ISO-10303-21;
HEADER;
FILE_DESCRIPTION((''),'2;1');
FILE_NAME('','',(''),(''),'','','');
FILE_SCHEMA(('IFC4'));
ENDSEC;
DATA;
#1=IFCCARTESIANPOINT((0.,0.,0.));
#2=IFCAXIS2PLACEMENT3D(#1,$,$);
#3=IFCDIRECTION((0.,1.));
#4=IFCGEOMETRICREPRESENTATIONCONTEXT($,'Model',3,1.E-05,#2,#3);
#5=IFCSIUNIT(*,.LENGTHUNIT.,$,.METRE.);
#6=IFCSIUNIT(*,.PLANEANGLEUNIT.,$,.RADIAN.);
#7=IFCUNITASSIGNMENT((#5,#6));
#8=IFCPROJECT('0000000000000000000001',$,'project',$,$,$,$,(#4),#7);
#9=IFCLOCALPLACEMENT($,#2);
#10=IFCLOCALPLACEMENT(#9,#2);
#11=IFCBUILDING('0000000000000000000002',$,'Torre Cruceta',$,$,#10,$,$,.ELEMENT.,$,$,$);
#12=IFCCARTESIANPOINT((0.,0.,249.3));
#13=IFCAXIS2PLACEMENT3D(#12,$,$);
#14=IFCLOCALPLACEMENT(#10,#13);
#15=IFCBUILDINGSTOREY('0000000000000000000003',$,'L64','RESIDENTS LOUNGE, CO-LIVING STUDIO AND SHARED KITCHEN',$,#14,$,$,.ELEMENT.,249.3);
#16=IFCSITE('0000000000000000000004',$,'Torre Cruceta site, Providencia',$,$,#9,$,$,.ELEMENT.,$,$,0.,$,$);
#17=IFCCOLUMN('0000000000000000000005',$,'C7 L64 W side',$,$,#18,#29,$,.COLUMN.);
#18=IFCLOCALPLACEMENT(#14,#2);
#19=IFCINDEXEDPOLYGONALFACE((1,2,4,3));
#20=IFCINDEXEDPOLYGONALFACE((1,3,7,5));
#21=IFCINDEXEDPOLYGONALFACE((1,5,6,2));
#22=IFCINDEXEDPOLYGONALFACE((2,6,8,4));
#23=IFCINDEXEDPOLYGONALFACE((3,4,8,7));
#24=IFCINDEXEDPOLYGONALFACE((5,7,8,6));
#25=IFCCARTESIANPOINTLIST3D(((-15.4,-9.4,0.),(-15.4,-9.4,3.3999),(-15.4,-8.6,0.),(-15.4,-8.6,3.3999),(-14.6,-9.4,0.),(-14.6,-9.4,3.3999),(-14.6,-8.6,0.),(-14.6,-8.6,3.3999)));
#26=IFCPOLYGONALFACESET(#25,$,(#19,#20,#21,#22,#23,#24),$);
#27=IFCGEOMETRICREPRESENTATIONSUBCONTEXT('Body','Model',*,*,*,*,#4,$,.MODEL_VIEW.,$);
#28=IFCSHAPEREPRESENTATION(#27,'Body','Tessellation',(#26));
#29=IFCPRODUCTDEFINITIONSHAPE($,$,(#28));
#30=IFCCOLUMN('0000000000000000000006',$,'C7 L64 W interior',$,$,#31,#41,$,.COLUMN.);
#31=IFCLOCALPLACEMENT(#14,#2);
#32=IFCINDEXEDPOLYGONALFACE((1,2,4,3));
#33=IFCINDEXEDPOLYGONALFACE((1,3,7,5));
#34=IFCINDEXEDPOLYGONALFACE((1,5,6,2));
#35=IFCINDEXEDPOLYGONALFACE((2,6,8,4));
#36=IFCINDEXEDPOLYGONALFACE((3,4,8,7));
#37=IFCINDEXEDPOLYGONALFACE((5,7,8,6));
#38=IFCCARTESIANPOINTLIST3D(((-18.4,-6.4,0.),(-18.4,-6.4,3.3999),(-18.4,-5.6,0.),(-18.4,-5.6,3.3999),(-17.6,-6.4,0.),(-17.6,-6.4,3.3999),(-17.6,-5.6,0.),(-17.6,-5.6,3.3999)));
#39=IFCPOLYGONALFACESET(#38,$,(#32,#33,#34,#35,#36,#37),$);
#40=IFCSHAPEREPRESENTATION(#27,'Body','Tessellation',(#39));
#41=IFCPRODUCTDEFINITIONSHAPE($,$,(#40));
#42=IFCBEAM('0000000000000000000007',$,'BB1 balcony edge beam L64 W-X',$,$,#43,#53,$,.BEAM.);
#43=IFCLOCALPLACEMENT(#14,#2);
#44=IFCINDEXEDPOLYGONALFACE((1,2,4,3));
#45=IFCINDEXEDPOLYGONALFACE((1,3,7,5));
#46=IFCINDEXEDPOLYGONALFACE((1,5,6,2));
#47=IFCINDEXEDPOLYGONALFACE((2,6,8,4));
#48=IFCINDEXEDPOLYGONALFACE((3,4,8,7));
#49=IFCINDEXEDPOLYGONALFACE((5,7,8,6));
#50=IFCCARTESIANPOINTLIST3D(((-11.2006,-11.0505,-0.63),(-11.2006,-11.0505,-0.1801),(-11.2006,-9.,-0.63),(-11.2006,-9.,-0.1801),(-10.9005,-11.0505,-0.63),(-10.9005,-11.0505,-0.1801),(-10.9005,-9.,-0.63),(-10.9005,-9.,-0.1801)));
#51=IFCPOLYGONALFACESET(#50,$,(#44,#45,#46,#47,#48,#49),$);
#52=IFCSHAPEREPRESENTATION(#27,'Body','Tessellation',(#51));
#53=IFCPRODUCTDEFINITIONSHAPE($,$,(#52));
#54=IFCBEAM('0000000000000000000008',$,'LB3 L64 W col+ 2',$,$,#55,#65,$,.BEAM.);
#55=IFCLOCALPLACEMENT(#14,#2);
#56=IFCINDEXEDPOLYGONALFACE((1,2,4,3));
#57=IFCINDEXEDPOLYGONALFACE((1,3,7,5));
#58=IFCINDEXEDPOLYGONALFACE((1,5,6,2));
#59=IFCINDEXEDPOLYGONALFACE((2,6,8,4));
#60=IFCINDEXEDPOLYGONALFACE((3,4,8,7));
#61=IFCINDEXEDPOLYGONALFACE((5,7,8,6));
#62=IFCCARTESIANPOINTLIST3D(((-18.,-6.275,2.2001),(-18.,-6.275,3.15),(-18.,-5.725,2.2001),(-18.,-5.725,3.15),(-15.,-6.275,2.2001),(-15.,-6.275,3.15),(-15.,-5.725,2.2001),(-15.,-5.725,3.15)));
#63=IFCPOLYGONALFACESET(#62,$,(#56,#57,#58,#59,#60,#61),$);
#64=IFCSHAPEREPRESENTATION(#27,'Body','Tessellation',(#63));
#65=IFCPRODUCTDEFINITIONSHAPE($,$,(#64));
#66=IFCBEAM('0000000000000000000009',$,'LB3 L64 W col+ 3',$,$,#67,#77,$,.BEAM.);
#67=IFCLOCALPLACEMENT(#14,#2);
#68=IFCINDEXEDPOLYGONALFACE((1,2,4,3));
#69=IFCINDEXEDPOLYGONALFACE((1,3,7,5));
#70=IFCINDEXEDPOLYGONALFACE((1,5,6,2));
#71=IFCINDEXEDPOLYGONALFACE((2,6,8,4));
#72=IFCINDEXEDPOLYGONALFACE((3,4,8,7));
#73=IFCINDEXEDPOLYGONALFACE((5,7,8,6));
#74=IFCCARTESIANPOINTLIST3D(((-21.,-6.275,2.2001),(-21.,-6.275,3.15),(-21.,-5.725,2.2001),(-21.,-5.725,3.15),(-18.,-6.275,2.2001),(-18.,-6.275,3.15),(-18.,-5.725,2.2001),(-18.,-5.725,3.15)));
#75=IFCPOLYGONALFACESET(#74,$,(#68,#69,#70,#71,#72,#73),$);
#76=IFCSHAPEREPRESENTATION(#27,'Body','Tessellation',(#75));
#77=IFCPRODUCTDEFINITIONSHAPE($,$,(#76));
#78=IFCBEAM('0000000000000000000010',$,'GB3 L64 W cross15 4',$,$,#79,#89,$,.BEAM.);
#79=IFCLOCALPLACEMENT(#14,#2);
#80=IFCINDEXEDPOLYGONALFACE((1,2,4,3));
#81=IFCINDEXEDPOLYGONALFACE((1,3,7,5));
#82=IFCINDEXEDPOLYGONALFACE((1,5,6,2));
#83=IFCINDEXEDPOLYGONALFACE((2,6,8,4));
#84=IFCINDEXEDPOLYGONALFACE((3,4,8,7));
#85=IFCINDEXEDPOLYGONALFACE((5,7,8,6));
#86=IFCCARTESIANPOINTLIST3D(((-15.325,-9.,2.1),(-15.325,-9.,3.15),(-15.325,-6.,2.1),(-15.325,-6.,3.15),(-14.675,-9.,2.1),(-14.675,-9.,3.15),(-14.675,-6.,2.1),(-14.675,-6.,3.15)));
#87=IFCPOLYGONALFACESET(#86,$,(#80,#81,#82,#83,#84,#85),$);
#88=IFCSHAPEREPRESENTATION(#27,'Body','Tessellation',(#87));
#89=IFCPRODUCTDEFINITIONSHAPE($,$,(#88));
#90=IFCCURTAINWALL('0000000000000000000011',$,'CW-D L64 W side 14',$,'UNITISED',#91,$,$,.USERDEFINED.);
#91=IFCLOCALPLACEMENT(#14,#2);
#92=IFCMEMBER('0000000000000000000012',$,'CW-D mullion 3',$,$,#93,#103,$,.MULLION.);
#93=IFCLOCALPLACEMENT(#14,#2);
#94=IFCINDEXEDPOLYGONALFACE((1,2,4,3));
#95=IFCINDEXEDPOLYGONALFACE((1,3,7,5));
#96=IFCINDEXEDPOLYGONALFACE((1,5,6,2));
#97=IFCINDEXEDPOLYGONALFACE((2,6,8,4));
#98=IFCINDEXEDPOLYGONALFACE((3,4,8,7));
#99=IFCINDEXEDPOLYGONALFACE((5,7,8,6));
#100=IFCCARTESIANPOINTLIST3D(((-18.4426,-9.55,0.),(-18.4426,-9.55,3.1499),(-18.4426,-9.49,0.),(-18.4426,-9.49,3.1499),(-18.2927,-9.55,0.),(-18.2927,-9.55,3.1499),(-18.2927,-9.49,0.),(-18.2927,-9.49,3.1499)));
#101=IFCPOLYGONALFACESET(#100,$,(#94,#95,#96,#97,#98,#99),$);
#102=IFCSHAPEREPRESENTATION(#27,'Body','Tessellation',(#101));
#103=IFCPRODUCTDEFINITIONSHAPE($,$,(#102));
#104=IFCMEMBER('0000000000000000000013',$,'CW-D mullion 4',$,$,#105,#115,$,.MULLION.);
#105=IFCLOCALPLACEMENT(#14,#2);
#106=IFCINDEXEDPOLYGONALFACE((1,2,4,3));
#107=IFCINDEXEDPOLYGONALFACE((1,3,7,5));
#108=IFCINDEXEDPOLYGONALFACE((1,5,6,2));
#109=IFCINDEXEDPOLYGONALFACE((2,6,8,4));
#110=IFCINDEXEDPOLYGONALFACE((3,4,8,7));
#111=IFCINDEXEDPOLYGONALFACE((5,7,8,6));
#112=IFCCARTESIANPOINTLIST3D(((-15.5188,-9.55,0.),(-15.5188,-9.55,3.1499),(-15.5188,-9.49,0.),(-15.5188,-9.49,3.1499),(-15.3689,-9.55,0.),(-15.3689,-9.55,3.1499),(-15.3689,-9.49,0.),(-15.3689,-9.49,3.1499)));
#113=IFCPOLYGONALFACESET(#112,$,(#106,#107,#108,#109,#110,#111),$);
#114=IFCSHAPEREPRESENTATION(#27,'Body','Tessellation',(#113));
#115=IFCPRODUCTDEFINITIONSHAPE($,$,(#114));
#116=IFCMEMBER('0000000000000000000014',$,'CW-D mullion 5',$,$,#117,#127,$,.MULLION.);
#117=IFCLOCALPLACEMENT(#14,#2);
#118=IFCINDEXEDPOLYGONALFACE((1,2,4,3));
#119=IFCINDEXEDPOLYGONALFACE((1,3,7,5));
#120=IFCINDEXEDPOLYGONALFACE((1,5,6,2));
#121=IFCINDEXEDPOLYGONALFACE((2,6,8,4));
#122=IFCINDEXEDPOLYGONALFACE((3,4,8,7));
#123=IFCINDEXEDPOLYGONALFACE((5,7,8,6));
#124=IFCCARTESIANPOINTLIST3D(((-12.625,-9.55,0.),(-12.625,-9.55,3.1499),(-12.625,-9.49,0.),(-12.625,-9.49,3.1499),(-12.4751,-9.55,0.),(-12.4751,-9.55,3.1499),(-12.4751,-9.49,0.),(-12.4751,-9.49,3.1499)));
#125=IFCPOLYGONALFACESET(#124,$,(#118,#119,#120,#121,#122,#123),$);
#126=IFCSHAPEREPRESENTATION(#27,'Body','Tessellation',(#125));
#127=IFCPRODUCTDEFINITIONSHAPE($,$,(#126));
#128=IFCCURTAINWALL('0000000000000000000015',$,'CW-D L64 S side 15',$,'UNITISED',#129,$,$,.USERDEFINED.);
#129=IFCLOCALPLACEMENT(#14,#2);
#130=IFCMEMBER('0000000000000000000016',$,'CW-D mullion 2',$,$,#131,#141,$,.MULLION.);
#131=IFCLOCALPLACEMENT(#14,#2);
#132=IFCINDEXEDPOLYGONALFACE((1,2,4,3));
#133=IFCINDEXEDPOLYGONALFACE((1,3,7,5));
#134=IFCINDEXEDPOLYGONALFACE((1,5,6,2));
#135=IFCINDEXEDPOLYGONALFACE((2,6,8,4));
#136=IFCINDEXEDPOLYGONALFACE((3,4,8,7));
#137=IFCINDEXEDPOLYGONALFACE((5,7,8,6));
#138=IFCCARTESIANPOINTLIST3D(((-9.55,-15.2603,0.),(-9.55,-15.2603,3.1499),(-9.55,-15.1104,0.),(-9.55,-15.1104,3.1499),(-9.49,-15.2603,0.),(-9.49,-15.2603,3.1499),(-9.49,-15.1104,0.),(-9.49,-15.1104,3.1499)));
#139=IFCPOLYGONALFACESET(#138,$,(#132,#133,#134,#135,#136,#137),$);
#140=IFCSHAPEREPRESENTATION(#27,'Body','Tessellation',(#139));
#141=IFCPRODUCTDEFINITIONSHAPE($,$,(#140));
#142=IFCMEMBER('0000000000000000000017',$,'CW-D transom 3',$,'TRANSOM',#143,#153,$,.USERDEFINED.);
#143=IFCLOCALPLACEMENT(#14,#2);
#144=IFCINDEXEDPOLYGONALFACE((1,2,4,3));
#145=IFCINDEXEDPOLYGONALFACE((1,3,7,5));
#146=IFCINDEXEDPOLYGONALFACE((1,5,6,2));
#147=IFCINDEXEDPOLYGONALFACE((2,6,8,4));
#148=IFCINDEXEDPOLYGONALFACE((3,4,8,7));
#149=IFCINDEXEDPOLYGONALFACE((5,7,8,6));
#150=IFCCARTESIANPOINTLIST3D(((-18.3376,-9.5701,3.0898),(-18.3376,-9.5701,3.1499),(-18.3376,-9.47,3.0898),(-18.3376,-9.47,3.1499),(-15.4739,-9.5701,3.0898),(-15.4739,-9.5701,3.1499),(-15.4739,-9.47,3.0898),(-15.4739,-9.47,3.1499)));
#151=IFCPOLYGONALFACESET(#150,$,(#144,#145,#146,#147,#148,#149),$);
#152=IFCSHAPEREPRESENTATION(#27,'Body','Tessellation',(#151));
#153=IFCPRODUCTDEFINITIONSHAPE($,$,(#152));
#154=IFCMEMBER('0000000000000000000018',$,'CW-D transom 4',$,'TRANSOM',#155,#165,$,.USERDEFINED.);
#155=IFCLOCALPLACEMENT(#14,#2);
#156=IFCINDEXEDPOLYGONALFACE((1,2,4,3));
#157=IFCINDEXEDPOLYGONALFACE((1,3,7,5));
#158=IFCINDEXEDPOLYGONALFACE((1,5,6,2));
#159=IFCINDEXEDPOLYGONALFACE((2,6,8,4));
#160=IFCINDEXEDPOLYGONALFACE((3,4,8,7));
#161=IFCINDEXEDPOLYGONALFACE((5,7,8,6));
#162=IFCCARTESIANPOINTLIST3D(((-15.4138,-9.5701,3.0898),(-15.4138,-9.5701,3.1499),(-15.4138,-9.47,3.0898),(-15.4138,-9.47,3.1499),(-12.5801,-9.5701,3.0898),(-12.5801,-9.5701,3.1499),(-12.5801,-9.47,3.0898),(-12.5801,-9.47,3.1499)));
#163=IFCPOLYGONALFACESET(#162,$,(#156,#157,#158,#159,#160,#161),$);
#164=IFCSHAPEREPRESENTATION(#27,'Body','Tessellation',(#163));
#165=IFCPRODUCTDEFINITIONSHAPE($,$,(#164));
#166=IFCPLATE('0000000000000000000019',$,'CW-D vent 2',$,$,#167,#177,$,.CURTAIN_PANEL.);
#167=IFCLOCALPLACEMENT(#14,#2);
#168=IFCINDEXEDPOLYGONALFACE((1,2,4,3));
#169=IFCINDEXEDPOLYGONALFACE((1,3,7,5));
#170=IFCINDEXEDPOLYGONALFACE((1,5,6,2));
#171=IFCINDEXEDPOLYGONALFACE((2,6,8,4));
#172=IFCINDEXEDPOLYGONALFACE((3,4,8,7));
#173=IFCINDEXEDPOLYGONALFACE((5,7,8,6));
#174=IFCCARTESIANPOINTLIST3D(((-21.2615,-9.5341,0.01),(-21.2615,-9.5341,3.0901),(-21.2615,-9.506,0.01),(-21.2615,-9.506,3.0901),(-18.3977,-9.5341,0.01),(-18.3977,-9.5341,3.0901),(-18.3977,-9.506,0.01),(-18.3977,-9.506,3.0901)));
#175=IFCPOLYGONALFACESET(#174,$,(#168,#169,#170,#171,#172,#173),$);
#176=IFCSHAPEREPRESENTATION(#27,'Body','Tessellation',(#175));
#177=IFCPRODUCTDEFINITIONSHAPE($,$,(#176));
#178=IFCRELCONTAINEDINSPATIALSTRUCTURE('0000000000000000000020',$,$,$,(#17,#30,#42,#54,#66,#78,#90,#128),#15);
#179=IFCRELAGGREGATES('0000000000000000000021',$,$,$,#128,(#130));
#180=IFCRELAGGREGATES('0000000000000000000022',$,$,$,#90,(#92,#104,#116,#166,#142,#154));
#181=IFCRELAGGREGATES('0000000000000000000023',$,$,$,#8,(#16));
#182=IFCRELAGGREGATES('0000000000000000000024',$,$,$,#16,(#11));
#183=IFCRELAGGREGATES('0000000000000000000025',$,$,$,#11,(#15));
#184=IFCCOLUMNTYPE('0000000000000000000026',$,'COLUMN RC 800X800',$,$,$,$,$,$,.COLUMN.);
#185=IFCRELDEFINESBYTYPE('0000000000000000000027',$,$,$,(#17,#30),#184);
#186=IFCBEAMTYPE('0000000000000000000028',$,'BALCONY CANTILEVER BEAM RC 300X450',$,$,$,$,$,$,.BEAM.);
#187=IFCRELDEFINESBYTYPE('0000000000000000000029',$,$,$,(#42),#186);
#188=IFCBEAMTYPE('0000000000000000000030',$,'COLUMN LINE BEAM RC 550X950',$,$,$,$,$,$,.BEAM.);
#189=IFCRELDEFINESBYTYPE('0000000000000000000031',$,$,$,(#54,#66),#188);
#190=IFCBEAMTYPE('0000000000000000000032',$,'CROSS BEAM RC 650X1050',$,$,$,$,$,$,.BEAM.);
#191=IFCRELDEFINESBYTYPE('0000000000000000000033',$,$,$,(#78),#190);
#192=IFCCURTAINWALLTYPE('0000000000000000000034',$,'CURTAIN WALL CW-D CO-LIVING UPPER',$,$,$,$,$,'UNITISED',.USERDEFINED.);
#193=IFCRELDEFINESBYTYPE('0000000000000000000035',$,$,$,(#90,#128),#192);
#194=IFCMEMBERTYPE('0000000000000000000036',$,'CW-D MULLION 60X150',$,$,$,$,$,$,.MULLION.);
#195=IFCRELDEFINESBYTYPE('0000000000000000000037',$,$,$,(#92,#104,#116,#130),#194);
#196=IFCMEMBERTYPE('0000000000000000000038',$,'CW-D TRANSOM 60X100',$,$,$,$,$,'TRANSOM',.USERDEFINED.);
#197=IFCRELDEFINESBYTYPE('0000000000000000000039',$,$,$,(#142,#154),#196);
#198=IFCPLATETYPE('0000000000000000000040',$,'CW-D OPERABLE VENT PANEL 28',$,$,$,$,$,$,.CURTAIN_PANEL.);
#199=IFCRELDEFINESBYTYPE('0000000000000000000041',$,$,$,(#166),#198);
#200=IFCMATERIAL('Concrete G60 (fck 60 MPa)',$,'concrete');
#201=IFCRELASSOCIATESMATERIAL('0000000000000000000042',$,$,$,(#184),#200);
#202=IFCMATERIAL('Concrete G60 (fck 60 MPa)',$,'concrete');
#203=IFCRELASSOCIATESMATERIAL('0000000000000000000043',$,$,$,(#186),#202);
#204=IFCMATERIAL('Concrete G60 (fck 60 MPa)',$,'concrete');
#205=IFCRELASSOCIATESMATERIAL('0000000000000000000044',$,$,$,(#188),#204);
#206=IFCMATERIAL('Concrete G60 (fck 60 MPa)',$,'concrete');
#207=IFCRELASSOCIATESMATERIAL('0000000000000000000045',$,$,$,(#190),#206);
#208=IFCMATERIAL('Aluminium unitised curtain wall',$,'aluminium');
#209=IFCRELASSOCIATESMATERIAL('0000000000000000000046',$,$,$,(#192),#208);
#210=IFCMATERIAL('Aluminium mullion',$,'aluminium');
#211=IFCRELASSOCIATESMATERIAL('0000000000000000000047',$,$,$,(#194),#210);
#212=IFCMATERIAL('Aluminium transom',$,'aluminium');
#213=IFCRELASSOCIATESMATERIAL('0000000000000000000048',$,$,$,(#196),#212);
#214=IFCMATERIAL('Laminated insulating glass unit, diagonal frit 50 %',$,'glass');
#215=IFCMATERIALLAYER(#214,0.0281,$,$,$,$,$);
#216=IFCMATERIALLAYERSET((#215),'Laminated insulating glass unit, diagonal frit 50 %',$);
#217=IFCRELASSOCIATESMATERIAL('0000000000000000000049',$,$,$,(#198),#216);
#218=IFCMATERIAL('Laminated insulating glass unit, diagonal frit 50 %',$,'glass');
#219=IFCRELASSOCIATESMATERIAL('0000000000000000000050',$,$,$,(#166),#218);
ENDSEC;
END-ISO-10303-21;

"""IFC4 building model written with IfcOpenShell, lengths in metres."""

from ifc_helpers import new_model, si_unit, direction, frame, origin, origin_2d, place, context, subcontext, project, spatial, rectangle, extrude, material, layer, layer_set, material_profile, profile_set, type_object, element, aggregate, save


model = new_model("IFC4")

# Units and contexts
model_context = context("Model", 3, precision=1e-05, world=origin(), true_north=direction((0.0, 1.0)))
body_context = subcontext(model_context, "Body", "Model", "MODEL_VIEW")
ifc_project = project(units=[si_unit("LENGTHUNIT", "METRE"), si_unit("PLANEANGLEUNIT", "RADIAN")], contexts=[model_context])

# Site, building, storey
site_placement = place(None, origin())
site = spatial("IfcSite", under=ifc_project, at=site_placement, Name="Torre Cruceta site, Providencia", CompositionType="ELEMENT", RefElevation=0.0)
building_placement = place(site_placement, origin())
building = spatial("IfcBuilding", under=site, at=building_placement, Name="Torre Cruceta", CompositionType="ELEMENT")
storey_placement = place(building_placement, frame((0.0, 0.0, 249.3)))
storey = spatial("IfcBuildingStorey", under=building, at=storey_placement, Name="L64", Description="RESIDENTS LOUNGE, CO-LIVING STUDIO AND SHARED KITCHEN", CompositionType="ELEMENT", Elevation=249.3)

# Columns
ifc_material_1 = material(Name="Concrete G60 (fck 60 MPa)", Category="concrete")
ifc_material_profile_1 = material_profile(ifc_material_1, rectangle(XDim=0.8, YDim=0.8, at=origin_2d()), Name="RC 800X800")
ifc_profile_set_1 = profile_set([ifc_material_profile_1], Name="Concrete G60 (fck 60 MPa)")
column_type = type_object("IfcColumnType", Name="COLUMN RC 800X800", PredefinedType="COLUMN", material=ifc_profile_set_1)
for number, where, z_axis, x_axis, name in (
    (1, (-15.0, -9.0, 0.0), (0.0, 0.0, 1.0), (1.0, 0.0, 0.0), "C7 L64 W side"),
    (2, (-18.0, -6.0, 0.0), (0.0, 0.0, 1.0), (1.0, 0.0, 0.0), "C7 L64 W interior"),
):
    element("IfcColumn", number, at=place(storey_placement, frame(where, z_axis=z_axis, x_axis=x_axis)), inside=storey, type_object=column_type, Name=name, PredefinedType="COLUMN", context=body_context, shape_type="SweptSolid", body=[
        extrude(rectangle(XDim=0.8, YDim=0.8, at=origin_2d()), origin(), (0.0, 0.0, 1.0), 3.3999),
    ])

# Beams
ifc_material_2 = material(Name="Concrete G60 (fck 60 MPa)", Category="concrete")
ifc_material_profile_2 = material_profile(ifc_material_2, rectangle(XDim=0.3, YDim=0.45, at=origin_2d()), Name="RC 300X450")
ifc_profile_set_2 = profile_set([ifc_material_profile_2], Name="Concrete G60 (fck 60 MPa)")
beam_type_1 = type_object("IfcBeamType", Name="BALCONY CANTILEVER BEAM RC 300X450", PredefinedType="BEAM", material=ifc_profile_set_2)
beam_1_placement = place(storey_placement, frame((-11.0505, -9.0, -0.405), z_axis=(0.0, -1.0, 0.0), x_axis=(1.0, 0.0, 0.0)))
element("IfcBeam", 3, at=beam_1_placement, inside=storey, type_object=beam_type_1, Name="BB1 balcony edge beam L64 W-X", PredefinedType="BEAM", context=body_context, shape_type="SweptSolid", body=[
    extrude(rectangle(XDim=0.3, YDim=0.45, at=origin_2d()), origin(), (0.0, 0.0, 1.0), 2.0505),
])
ifc_material_3 = material(Name="Concrete G60 (fck 60 MPa)", Category="concrete")
ifc_material_profile_3 = material_profile(ifc_material_3, rectangle(XDim=0.55, YDim=0.95, at=origin_2d()), Name="RC 550X950")
ifc_profile_set_3 = profile_set([ifc_material_profile_3], Name="Concrete G60 (fck 60 MPa)")
beam_type_2 = type_object("IfcBeamType", Name="COLUMN LINE BEAM RC 550X950", PredefinedType="BEAM", material=ifc_profile_set_3)
for number, where, z_axis, x_axis, name in (
    (4, (-15.0, -6.0, 2.675), (-1.0, 0.0, 0.0), (0.0, -1.0, 0.0), "LB3 L64 W col+ 2"),
    (5, (-18.0, -6.0, 2.675), (-1.0, 0.0, 0.0), (0.0, -1.0, 0.0), "LB3 L64 W col+ 3"),
):
    element("IfcBeam", number, at=place(storey_placement, frame(where, z_axis=z_axis, x_axis=x_axis)), inside=storey, type_object=beam_type_2, Name=name, PredefinedType="BEAM", context=body_context, shape_type="SweptSolid", body=[
        extrude(rectangle(XDim=0.55, YDim=0.95, at=origin_2d()), origin(), (0.0, 0.0, 1.0), 3.0),
    ])
ifc_material_4 = material(Name="Concrete G60 (fck 60 MPa)", Category="concrete")
ifc_material_profile_4 = material_profile(ifc_material_4, rectangle(XDim=0.6499, YDim=1.05, at=origin_2d()), Name="RC 650X1050")
ifc_profile_set_4 = profile_set([ifc_material_profile_4], Name="Concrete G60 (fck 60 MPa)")
beam_type_3 = type_object("IfcBeamType", Name="CROSS BEAM RC 650X1050", PredefinedType="BEAM", material=ifc_profile_set_4)
beam_2_placement = place(storey_placement, frame((-15.0, -6.0, 2.625), z_axis=(0.0, -1.0, 0.0), x_axis=(1.0, 0.0, 0.0)))
element("IfcBeam", 6, at=beam_2_placement, inside=storey, type_object=beam_type_3, Name="GB3 L64 W cross15 4", PredefinedType="BEAM", context=body_context, shape_type="SweptSolid", body=[
    extrude(rectangle(XDim=0.6499, YDim=1.05, at=origin_2d()), origin(), (0.0, 0.0, 1.0), 3.0),
])

# Curtain wall, members
ifc_material_5 = material(Name="Aluminium unitised curtain wall", Category="aluminium")
curtain_wall_type = type_object("IfcCurtainWallType", Name="CURTAIN WALL CW-D CO-LIVING UPPER", ElementType="UNITISED", PredefinedType="USERDEFINED", material=ifc_material_5)
curtain_wall_1_placement = place(storey_placement, origin())
curtain_wall_1 = element("IfcCurtainWall", 7, at=curtain_wall_1_placement, inside=storey, type_object=curtain_wall_type, Name="CW-D L64 W side 14", ObjectType="UNITISED", PredefinedType="USERDEFINED")
ifc_material_6 = material(Name="Aluminium mullion", Category="aluminium")
ifc_material_profile_5 = material_profile(ifc_material_6, rectangle(XDim=0.0601, YDim=0.1499, at=origin_2d()), Name="AL 60X150")
ifc_profile_set_5 = profile_set([ifc_material_profile_5], Name="Aluminium mullion")
member_type_1 = type_object("IfcMemberType", Name="CW-D MULLION 60X150", PredefinedType="MULLION", material=ifc_profile_set_5)
member_1_placement = place(storey_placement, frame((-18.3677, -9.52, 0.0), z_axis=(0.0, 0.0, 1.0), x_axis=(0.0, 1.0, 0.0)))
member_1 = element("IfcMember", 8, at=member_1_placement, type_object=member_type_1, Name="CW-D mullion 3", PredefinedType="MULLION", context=body_context, shape_type="SweptSolid", body=[
    extrude(rectangle(XDim=0.0601, YDim=0.1499, at=origin_2d()), origin(), (0.0, 0.0, 1.0), 3.1499),
])
member_2_placement = place(storey_placement, frame((-15.4438, -9.52, 0.0), z_axis=(0.0, 0.0, 1.0), x_axis=(0.0, 1.0, 0.0)))
member_2 = element("IfcMember", 9, at=member_2_placement, type_object=member_type_1, Name="CW-D mullion 4", PredefinedType="MULLION", context=body_context, shape_type="SweptSolid", body=[
    extrude(rectangle(XDim=0.0601, YDim=0.1499, at=origin_2d()), origin(), (0.0, 0.0, 1.0), 3.1499),
])
member_3_placement = place(storey_placement, frame((-12.55, -9.52, 0.0), z_axis=(0.0, 0.0, 1.0), x_axis=(0.0, 1.0, 0.0)))
member_3 = element("IfcMember", 10, at=member_3_placement, type_object=member_type_1, Name="CW-D mullion 5", PredefinedType="MULLION", context=body_context, shape_type="SweptSolid", body=[
    extrude(rectangle(XDim=0.0601, YDim=0.1499, at=origin_2d()), origin(), (0.0, 0.0, 1.0), 3.1499),
])

# Curtain wall, member
curtain_wall_2_placement = place(storey_placement, origin())
curtain_wall_2 = element("IfcCurtainWall", 11, at=curtain_wall_2_placement, inside=storey, type_object=curtain_wall_type, Name="CW-D L64 S side 15", ObjectType="UNITISED", PredefinedType="USERDEFINED")
member_4_placement = place(storey_placement, frame((-9.52, -15.1853, 0.0), z_axis=(0.0, 0.0, 1.0), x_axis=(1.0, 0.0, 0.0)))
member_4 = element("IfcMember", 12, at=member_4_placement, type_object=member_type_1, Name="CW-D mullion 2", PredefinedType="MULLION", context=body_context, shape_type="SweptSolid", body=[
    extrude(rectangle(XDim=0.0601, YDim=0.1499, at=origin_2d()), origin(), (0.0, 0.0, 1.0), 3.1499),
])
aggregate(curtain_wall_2, [member_4])

# Members
ifc_material_7 = material(Name="Aluminium transom", Category="aluminium")
ifc_material_profile_6 = material_profile(ifc_material_7, rectangle(XDim=0.1001, YDim=0.0601, at=origin_2d()), Name="AL 100X60")
ifc_profile_set_6 = profile_set([ifc_material_profile_6], Name="Aluminium transom")
member_type_2 = type_object("IfcMemberType", Name="CW-D TRANSOM 60X100", ElementType="TRANSOM", PredefinedType="USERDEFINED", material=ifc_profile_set_6)
member_5_placement = place(storey_placement, frame((-18.3376, -9.52, 3.1199), z_axis=(1.0, 0.0, 0.0), x_axis=(0.0, 1.0, 0.0)))
member_5 = element("IfcMember", 13, at=member_5_placement, type_object=member_type_2, Name="CW-D transom 3", ObjectType="TRANSOM", PredefinedType="USERDEFINED", context=body_context, shape_type="SweptSolid", body=[
    extrude(rectangle(XDim=0.1001, YDim=0.0601, at=origin_2d()), origin(), (0.0, 0.0, 1.0), 2.8638),
])
member_6_placement = place(storey_placement, frame((-15.4138, -9.52, 3.1199), z_axis=(1.0, 0.0, 0.0), x_axis=(0.0, 1.0, 0.0)))
member_6 = element("IfcMember", 14, at=member_6_placement, type_object=member_type_2, Name="CW-D transom 4", ObjectType="TRANSOM", PredefinedType="USERDEFINED", context=body_context, shape_type="SweptSolid", body=[
    extrude(rectangle(XDim=0.1001, YDim=0.0601, at=origin_2d()), origin(), (0.0, 0.0, 1.0), 2.8337),
])

# Plate
ifc_material_8 = material(Name="Laminated insulating glass unit, diagonal frit 50 %", Category="glass")
ifc_material_9 = material(Name="Laminated insulating glass unit, diagonal frit 50 %", Category="glass")
ifc_layer_1 = layer(ifc_material_9, 0.0281)
ifc_layer_set_1 = layer_set([ifc_layer_1], Name="Laminated insulating glass unit, diagonal frit 50 %")
plate_type_1 = type_object("IfcPlateType", Name="CW-D OPERABLE VENT PANEL 28", PredefinedType="CURTAIN_PANEL", material=ifc_layer_set_1)
plate_1_placement = place(storey_placement, frame((-19.8296, -9.52, 0.01), z_axis=(0.0, 0.0, 1.0), x_axis=(1.0, 0.0, 0.0)))
plate_1 = element("IfcPlate", 15, at=plate_1_placement, type_object=plate_type_1, material=ifc_material_8, Name="CW-D vent 2", PredefinedType="CURTAIN_PANEL", context=body_context, shape_type="SweptSolid", body=[
    extrude(rectangle(XDim=2.8638, YDim=0.0281, at=origin_2d()), origin(), (0.0, 0.0, 1.0), 3.0801),
])
aggregate(curtain_wall_1, [member_1, member_2, member_3, plate_1, member_5, member_6])

save(model, "model.ifc")
